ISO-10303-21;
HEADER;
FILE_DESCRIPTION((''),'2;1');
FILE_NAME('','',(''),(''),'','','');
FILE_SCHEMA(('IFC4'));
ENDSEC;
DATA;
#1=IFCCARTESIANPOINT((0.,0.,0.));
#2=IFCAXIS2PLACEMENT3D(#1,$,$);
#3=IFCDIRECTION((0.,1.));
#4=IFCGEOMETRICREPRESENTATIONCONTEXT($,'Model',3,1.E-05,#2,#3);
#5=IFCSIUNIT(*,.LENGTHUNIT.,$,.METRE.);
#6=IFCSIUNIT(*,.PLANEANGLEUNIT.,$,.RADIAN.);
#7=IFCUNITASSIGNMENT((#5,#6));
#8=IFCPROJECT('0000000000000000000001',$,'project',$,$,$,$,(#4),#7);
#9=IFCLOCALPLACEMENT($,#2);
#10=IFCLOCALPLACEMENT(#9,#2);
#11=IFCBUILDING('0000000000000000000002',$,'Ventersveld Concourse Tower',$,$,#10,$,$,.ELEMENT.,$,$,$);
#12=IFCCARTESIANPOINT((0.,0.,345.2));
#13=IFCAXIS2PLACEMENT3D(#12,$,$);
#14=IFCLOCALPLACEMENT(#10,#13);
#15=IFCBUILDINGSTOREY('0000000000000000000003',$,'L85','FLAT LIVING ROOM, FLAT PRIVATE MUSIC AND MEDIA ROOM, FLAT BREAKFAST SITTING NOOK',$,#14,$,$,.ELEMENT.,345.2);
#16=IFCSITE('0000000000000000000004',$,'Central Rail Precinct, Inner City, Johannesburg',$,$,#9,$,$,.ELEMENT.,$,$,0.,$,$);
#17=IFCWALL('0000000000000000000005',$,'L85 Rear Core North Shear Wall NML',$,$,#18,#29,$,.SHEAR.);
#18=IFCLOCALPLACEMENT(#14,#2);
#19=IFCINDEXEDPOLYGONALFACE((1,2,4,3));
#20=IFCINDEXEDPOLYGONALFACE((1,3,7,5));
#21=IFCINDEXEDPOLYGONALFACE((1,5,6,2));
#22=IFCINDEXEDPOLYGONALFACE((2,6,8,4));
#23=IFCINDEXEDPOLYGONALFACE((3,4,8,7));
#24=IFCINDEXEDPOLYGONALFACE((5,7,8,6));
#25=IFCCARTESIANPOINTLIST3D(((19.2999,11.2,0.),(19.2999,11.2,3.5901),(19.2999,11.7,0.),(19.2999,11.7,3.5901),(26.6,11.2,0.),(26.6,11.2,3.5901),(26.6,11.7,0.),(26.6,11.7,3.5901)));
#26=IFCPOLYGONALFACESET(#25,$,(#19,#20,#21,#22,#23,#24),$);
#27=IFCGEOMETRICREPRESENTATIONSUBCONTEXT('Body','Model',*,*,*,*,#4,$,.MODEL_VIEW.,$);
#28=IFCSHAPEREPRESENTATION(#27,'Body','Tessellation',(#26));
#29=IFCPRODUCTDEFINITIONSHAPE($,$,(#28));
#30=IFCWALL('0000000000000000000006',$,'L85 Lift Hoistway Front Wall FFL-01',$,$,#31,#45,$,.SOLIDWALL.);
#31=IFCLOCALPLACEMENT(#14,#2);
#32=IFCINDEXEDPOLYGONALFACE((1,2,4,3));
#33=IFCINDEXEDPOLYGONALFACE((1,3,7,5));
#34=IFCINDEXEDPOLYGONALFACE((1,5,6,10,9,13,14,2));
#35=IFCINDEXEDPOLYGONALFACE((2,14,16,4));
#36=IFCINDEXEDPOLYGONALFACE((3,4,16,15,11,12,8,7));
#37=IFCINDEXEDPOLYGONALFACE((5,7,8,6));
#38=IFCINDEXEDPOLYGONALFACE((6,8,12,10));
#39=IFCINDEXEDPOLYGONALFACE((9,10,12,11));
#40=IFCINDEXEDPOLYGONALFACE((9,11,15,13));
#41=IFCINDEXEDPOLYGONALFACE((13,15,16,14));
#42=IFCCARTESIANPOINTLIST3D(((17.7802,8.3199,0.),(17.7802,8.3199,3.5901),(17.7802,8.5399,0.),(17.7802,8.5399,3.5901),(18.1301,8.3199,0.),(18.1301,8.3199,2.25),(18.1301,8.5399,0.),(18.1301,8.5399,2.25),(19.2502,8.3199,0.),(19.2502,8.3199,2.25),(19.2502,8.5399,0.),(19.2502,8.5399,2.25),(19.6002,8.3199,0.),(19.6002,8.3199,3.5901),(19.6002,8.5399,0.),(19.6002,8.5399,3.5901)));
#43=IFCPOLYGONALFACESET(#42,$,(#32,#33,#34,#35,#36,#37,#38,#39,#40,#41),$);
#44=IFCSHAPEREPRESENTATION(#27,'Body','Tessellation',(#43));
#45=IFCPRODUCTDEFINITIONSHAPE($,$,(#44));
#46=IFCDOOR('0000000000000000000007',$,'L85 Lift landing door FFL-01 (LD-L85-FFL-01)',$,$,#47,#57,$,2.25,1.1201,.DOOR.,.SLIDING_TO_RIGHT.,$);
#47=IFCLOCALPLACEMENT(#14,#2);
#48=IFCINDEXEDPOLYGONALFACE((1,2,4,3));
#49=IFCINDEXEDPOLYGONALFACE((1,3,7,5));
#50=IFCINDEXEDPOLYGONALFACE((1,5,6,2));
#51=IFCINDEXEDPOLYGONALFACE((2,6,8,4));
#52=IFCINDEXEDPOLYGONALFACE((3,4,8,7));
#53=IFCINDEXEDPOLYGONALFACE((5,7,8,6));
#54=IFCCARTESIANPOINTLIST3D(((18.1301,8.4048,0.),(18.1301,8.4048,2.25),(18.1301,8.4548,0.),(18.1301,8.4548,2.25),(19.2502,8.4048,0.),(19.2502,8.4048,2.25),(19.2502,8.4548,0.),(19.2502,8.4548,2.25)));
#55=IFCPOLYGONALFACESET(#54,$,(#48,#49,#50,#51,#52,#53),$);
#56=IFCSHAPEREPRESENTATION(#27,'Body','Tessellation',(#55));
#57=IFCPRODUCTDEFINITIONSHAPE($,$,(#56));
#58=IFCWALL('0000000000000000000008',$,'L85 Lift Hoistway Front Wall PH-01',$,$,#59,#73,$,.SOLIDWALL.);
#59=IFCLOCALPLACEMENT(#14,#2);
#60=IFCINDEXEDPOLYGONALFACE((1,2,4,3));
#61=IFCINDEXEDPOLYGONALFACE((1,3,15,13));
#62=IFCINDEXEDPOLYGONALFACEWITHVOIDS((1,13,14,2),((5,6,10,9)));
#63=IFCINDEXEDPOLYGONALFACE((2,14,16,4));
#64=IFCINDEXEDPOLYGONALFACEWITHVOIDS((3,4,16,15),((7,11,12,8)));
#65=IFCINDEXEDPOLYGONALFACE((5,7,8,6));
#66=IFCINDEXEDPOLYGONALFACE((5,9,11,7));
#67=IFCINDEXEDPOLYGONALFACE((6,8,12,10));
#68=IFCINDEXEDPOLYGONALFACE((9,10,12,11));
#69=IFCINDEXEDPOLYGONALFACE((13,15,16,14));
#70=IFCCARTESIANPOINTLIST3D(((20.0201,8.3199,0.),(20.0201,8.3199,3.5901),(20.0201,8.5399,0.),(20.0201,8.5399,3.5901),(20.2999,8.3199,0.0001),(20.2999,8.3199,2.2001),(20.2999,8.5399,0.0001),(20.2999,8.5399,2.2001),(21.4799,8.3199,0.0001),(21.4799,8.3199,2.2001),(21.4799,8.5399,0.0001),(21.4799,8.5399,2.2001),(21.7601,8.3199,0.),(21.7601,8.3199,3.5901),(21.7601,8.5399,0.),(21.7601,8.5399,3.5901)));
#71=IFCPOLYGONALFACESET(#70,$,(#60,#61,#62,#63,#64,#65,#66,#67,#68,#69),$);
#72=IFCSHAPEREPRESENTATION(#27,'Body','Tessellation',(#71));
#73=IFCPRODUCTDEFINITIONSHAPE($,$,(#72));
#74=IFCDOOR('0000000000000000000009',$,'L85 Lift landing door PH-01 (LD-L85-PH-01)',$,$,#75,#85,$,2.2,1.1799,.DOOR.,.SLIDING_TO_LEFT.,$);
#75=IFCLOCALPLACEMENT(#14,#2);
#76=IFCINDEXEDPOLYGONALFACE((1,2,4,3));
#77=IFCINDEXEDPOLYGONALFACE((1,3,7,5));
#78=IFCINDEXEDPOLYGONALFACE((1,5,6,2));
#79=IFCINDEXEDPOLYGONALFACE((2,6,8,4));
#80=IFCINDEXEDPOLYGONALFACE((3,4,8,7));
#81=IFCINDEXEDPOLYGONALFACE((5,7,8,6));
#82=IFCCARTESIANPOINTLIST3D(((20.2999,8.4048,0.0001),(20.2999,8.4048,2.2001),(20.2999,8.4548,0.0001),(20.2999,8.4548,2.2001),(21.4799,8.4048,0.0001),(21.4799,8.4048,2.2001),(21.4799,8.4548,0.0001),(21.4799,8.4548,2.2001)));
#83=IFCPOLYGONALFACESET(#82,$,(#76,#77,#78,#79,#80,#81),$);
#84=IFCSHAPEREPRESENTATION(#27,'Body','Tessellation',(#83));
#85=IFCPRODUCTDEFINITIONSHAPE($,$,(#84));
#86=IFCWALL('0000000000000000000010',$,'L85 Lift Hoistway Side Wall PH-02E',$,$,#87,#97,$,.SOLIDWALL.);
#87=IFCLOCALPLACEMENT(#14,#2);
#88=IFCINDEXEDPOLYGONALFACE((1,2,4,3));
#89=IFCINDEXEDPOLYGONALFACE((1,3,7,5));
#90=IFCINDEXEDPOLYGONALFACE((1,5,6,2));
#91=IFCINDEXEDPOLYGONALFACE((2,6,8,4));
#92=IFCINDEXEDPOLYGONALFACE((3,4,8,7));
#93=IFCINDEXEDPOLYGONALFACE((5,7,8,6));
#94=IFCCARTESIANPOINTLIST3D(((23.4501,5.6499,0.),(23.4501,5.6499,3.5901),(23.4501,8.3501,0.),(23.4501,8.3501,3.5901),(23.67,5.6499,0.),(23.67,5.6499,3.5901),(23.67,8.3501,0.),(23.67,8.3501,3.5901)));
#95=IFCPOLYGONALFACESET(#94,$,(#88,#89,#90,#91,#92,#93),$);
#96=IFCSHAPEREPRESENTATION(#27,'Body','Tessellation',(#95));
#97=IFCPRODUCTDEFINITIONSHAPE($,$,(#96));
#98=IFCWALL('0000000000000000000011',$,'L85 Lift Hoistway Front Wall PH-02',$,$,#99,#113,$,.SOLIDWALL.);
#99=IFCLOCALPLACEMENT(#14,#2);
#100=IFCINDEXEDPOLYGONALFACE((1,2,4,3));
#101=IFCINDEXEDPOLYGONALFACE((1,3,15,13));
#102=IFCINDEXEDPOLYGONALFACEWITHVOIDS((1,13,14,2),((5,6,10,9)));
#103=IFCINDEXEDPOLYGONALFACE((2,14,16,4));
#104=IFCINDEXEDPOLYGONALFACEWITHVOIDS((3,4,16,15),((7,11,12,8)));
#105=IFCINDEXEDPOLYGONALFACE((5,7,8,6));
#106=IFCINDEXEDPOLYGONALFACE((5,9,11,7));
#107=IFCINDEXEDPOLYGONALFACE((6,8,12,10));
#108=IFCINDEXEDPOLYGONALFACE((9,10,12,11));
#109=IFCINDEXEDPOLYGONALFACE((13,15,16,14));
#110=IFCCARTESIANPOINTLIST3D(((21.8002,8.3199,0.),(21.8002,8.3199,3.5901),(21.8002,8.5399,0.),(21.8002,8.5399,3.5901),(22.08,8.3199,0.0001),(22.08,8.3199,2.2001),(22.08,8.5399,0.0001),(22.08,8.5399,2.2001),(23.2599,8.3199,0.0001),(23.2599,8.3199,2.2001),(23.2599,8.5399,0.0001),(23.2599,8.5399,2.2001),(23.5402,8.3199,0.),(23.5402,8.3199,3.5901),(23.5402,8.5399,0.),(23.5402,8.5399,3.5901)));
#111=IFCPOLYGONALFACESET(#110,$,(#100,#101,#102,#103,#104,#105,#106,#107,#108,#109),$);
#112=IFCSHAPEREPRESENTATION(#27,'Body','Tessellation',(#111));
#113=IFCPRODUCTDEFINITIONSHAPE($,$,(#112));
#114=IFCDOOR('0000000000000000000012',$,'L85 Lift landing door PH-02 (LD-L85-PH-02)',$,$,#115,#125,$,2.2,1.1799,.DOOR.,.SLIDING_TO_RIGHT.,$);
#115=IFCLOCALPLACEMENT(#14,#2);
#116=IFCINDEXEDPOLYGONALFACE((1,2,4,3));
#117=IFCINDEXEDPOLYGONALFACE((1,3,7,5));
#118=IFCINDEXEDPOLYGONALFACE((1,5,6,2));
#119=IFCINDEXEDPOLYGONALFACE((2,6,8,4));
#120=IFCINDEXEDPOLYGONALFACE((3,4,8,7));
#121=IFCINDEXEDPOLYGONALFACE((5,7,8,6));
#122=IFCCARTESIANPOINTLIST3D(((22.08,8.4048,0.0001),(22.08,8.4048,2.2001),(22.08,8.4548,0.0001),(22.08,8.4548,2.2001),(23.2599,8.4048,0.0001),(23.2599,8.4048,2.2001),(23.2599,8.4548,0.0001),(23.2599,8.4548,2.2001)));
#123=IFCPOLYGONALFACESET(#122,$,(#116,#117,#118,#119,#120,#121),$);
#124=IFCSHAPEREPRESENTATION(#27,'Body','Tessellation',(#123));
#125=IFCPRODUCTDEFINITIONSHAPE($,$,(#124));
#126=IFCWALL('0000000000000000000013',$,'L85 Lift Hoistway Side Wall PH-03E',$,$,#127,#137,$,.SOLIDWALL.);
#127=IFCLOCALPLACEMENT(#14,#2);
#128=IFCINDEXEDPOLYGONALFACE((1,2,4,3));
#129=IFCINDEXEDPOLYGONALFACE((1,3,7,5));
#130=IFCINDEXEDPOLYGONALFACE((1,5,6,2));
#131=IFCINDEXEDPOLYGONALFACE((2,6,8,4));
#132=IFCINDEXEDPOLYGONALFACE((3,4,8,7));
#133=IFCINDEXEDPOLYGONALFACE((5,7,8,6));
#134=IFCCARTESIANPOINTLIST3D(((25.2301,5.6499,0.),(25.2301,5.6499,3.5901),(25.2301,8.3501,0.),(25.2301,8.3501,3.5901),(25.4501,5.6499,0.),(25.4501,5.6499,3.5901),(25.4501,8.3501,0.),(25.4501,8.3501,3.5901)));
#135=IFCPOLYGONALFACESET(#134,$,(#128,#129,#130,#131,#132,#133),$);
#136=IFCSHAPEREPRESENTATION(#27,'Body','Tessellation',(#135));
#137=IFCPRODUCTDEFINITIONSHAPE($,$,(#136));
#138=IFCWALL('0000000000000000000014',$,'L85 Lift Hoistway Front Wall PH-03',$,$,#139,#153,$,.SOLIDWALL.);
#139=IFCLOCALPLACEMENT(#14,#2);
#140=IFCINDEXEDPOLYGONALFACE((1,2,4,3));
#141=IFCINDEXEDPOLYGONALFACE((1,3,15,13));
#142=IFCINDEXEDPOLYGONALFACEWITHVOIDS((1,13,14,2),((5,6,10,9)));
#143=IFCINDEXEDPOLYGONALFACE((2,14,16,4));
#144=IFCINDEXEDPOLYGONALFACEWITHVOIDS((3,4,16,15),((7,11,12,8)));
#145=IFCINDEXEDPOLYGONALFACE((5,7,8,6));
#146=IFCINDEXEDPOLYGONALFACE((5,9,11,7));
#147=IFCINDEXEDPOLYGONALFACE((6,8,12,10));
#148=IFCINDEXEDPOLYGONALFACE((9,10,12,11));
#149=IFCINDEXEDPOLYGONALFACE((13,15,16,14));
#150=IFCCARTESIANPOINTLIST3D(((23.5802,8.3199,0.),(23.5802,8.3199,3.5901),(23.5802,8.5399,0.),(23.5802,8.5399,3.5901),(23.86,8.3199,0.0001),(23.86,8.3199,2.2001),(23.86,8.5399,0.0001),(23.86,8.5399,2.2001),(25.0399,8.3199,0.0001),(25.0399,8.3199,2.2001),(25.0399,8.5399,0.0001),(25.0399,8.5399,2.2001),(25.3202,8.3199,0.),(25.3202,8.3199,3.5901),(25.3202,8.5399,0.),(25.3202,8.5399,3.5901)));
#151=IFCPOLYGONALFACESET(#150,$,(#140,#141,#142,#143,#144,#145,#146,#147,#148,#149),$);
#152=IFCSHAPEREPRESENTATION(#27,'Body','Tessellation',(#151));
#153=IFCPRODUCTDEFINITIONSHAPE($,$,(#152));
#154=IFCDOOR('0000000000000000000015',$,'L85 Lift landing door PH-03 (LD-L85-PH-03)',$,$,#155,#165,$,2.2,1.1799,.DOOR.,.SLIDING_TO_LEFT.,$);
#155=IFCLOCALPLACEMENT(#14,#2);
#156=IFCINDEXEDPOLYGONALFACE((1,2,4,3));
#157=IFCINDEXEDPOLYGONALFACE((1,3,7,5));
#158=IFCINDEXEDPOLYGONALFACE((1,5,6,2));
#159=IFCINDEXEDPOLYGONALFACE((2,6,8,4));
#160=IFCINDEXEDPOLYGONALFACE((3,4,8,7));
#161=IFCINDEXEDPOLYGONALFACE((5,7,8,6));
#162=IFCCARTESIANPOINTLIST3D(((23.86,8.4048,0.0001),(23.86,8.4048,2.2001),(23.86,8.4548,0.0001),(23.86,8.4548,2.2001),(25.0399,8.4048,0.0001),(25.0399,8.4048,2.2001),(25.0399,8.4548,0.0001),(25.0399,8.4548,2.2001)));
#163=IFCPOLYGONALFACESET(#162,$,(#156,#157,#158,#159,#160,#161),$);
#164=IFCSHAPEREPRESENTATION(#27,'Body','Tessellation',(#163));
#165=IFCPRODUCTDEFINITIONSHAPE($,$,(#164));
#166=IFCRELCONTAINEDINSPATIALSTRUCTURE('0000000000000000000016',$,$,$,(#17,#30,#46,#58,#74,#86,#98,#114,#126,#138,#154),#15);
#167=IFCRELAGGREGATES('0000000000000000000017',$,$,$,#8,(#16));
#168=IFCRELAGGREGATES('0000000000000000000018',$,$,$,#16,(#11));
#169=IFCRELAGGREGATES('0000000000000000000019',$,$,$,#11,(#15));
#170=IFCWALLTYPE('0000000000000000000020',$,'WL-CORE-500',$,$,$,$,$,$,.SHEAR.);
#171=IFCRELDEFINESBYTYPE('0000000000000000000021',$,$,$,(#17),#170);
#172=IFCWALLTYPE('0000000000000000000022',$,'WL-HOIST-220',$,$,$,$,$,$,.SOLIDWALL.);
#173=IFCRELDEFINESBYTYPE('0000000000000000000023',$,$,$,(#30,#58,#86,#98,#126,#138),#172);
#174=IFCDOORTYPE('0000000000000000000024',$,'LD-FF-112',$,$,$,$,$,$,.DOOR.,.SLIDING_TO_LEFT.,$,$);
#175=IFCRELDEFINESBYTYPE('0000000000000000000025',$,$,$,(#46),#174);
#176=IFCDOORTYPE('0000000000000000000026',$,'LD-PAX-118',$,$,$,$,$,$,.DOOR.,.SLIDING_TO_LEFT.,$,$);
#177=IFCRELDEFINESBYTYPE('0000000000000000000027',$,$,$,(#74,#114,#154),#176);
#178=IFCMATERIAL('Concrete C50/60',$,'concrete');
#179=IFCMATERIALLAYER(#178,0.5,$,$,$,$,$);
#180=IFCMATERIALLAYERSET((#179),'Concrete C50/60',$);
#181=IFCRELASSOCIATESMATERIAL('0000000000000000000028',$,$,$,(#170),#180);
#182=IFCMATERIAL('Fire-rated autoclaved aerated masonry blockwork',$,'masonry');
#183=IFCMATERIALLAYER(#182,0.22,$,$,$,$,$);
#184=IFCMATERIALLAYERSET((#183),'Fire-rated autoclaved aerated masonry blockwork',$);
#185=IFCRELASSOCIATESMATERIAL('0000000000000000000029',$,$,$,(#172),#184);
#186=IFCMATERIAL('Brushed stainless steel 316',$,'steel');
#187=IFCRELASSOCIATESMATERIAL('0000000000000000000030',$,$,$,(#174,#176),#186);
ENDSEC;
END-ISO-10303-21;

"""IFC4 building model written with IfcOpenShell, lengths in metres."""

from ifc_helpers import new_model, si_unit, direction, frame, frame_2d, origin, place, context, subcontext, project, spatial, rectangle, extrude, material, layer, layer_set, type_object, element, fill, save


model = new_model("IFC4")

# Units and contexts
model_context = context("Model", 3, precision=1e-05, world=origin(), true_north=direction((0.0, 1.0)))
body_context = subcontext(model_context, "Body", "Model", "MODEL_VIEW")
ifc_project = project(units=[si_unit("LENGTHUNIT", "METRE"), si_unit("PLANEANGLEUNIT", "RADIAN")], contexts=[model_context])

# Site, building, storey
site_placement = place(None, origin())
site = spatial("IfcSite", under=ifc_project, at=site_placement, Name="Central Rail Precinct, Inner City, Johannesburg", CompositionType="ELEMENT", RefElevation=0.0)
building_placement = place(site_placement, origin())
building = spatial("IfcBuilding", under=site, at=building_placement, Name="Ventersveld Concourse Tower", CompositionType="ELEMENT")
storey_placement = place(building_placement, frame((0.0, 0.0, 345.2)))
storey = spatial("IfcBuildingStorey", under=building, at=storey_placement, Name="L85", Description="FLAT LIVING ROOM, FLAT PRIVATE MUSIC AND MEDIA ROOM, FLAT BREAKFAST SITTING NOOK", CompositionType="ELEMENT", Elevation=345.2)

# Shared definitions
ifc_material_1 = material(Name="Concrete C50/60", Category="concrete")

# Wall
ifc_layer_1 = layer(ifc_material_1, 0.5)
ifc_layer_set_1 = layer_set([ifc_layer_1], Name="Concrete C50/60")
wall_type_1 = type_object("IfcWallType", Name="WL-CORE-500", PredefinedType="SHEAR", material=ifc_layer_set_1)
wall_1_placement = place(storey_placement, frame((19.3, 11.45, 0.0), z_axis=(0.0, 0.0, 1.0), x_axis=(1.0, 0.0, 0.0)))
element("IfcWall", 1, at=wall_1_placement, inside=storey, type_object=wall_type_1, Name="L85 Rear Core North Shear Wall NML", PredefinedType="SHEAR", context=body_context, shape_type="SweptSolid", body=[
    extrude(rectangle(XDim=7.3, YDim=0.5, at=frame_2d((3.6499, 0.0))), origin(), (0.0, 0.0, 1.0), 3.5901),
])

# Walls, openings, doors
ifc_material_2 = material(Name="Fire-rated autoclaved aerated masonry blockwork", Category="masonry")
ifc_layer_2 = layer(ifc_material_2, 0.22)
ifc_layer_set_2 = layer_set([ifc_layer_2], Name="Fire-rated autoclaved aerated masonry blockwork")
wall_type_2 = type_object("IfcWallType", Name="WL-HOIST-220", PredefinedType="SOLIDWALL", material=ifc_layer_set_2)
wall_2_placement = place(storey_placement, frame((17.78, 8.4299, 0.0), z_axis=(0.0, 0.0, 1.0), x_axis=(1.0, 0.0, 0.0)))
wall_2 = element("IfcWall", 2, at=wall_2_placement, inside=storey, type_object=wall_type_2, Name="L85 Lift Hoistway Front Wall FFL-01", PredefinedType="SOLIDWALL", context=body_context, shape_type="SweptSolid", body=[
    extrude(rectangle(XDim=1.8201, YDim=0.22, at=frame_2d((0.9102, 0.0))), origin(), (0.0, 0.0, 1.0), 3.5901),
])
opening_1_placement = place(wall_2_placement, frame((0.3501, 0.0, 0.0)))
opening_1 = element("IfcOpeningElement", 3, at=opening_1_placement, cuts=wall_2, PredefinedType="OPENING", context=body_context, shape_type="SweptSolid", body=[
    extrude(rectangle(XDim=1.1201, YDim=2.25, at=frame_2d((0.5601, 1.125))), frame((0.0, 0.1201, 0.0), z_axis=(0.0, -1.0, 0.0), x_axis=(1.0, 0.0, 0.0)), (0.0, 0.0, 1.0), 0.24),
])
ifc_material_3 = material(Name="Brushed stainless steel 316", Category="steel")
door_type_1 = type_object("IfcDoorType", Name="LD-FF-112", OperationType="SLIDING_TO_LEFT", PredefinedType="DOOR", material=ifc_material_3)
door_1_placement = place(opening_1_placement, origin())
door_1 = element("IfcDoor", 4, at=door_1_placement, inside=storey, type_object=door_type_1, Name="L85 Lift landing door FFL-01 (LD-L85-FFL-01)", OperationType="SLIDING_TO_RIGHT", OverallHeight=2.25, OverallWidth=1.1201, PredefinedType="DOOR", context=body_context, shape_type="SweptSolid", body=[
    extrude(rectangle(XDim=1.1201, YDim=2.25, at=frame_2d((0.5601, 1.125))), frame((0.0, 0.0249, 0.0), z_axis=(0.0, -1.0, 0.0), x_axis=(1.0, 0.0, 0.0)), (0.0, 0.0, 1.0), 0.05),
])
fill(opening_1, door_1)
wall_3_placement = place(storey_placement, frame((20.02, 8.4299, 0.0), z_axis=(0.0, 0.0, 1.0), x_axis=(1.0, 0.0, 0.0)))
wall_3 = element("IfcWall", 5, at=wall_3_placement, inside=storey, type_object=wall_type_2, Name="L85 Lift Hoistway Front Wall PH-01", PredefinedType="SOLIDWALL", context=body_context, shape_type="SweptSolid", body=[
    extrude(rectangle(XDim=1.74, YDim=0.22, at=frame_2d((0.8701, 0.0))), origin(), (0.0, 0.0, 1.0), 3.5901),
])
opening_2_placement = place(wall_3_placement, frame((0.28, 0.0, 0.0)))
opening_2 = element("IfcOpeningElement", 6, at=opening_2_placement, cuts=wall_3, PredefinedType="OPENING", context=body_context, shape_type="SweptSolid", body=[
    extrude(rectangle(XDim=1.1799, YDim=2.2, at=frame_2d((0.5898, 1.1001))), frame((0.0, 0.1201, 0.0), z_axis=(0.0, -1.0, 0.0), x_axis=(1.0, 0.0, 0.0)), (0.0, 0.0, 1.0), 0.24),
])
door_type_2 = type_object("IfcDoorType", Name="LD-PAX-118", OperationType="SLIDING_TO_LEFT", PredefinedType="DOOR", material=ifc_material_3)
door_2_placement = place(opening_2_placement, origin())
door_2 = element("IfcDoor", 7, at=door_2_placement, inside=storey, type_object=door_type_2, Name="L85 Lift landing door PH-01 (LD-L85-PH-01)", OperationType="SLIDING_TO_LEFT", OverallHeight=2.2, OverallWidth=1.1799, PredefinedType="DOOR", context=body_context, shape_type="SweptSolid", body=[
    extrude(rectangle(XDim=1.1799, YDim=2.2, at=frame_2d((0.5898, 1.1001))), frame((0.0, 0.0249, 0.0), z_axis=(0.0, -1.0, 0.0), x_axis=(1.0, 0.0, 0.0)), (0.0, 0.0, 1.0), 0.05),
])
fill(opening_2, door_2)

# Wall
wall_4_placement = place(storey_placement, frame((23.5601, 5.6499, 0.0), z_axis=(0.0, 0.0, 1.0), x_axis=(0.0, 1.0, 0.0)))
element("IfcWall", 8, at=wall_4_placement, inside=storey, type_object=wall_type_2, Name="L85 Lift Hoistway Side Wall PH-02E", PredefinedType="SOLIDWALL", context=body_context, shape_type="SweptSolid", body=[
    extrude(rectangle(XDim=2.7002, YDim=0.22, at=frame_2d((1.3501, 0.0))), origin(), (0.0, 0.0, 1.0), 3.5901),
])

# Wall, opening, door
wall_5_placement = place(storey_placement, frame((21.8, 8.4299, 0.0), z_axis=(0.0, 0.0, 1.0), x_axis=(1.0, 0.0, 0.0)))
wall_5 = element("IfcWall", 9, at=wall_5_placement, inside=storey, type_object=wall_type_2, Name="L85 Lift Hoistway Front Wall PH-02", PredefinedType="SOLIDWALL", context=body_context, shape_type="SweptSolid", body=[
    extrude(rectangle(XDim=1.74, YDim=0.22, at=frame_2d((0.8701, 0.0))), origin(), (0.0, 0.0, 1.0), 3.5901),
])
opening_3_placement = place(wall_5_placement, frame((0.28, 0.0, 0.0)))
opening_3 = element("IfcOpeningElement", 10, at=opening_3_placement, cuts=wall_5, PredefinedType="OPENING", context=body_context, shape_type="SweptSolid", body=[
    extrude(rectangle(XDim=1.1799, YDim=2.2, at=frame_2d((0.5898, 1.1001))), frame((0.0, 0.1201, 0.0), z_axis=(0.0, -1.0, 0.0), x_axis=(1.0, 0.0, 0.0)), (0.0, 0.0, 1.0), 0.24),
])
door_3_placement = place(opening_3_placement, origin())
door_3 = element("IfcDoor", 11, at=door_3_placement, inside=storey, type_object=door_type_2, Name="L85 Lift landing door PH-02 (LD-L85-PH-02)", OperationType="SLIDING_TO_RIGHT", OverallHeight=2.2, OverallWidth=1.1799, PredefinedType="DOOR", context=body_context, shape_type="SweptSolid", body=[
    extrude(rectangle(XDim=1.1799, YDim=2.2, at=frame_2d((0.5898, 1.1001))), frame((0.0, 0.0249, 0.0), z_axis=(0.0, -1.0, 0.0), x_axis=(1.0, 0.0, 0.0)), (0.0, 0.0, 1.0), 0.05),
])
fill(opening_3, door_3)

# Wall
wall_6_placement = place(storey_placement, frame((25.3401, 5.6499, 0.0), z_axis=(0.0, 0.0, 1.0), x_axis=(0.0, 1.0, 0.0)))
element("IfcWall", 12, at=wall_6_placement, inside=storey, type_object=wall_type_2, Name="L85 Lift Hoistway Side Wall PH-03E", PredefinedType="SOLIDWALL", context=body_context, shape_type="SweptSolid", body=[
    extrude(rectangle(XDim=2.7002, YDim=0.22, at=frame_2d((1.3501, 0.0))), origin(), (0.0, 0.0, 1.0), 3.5901),
])

# Wall, opening, door
wall_7_placement = place(storey_placement, frame((23.5801, 8.4299, 0.0), z_axis=(0.0, 0.0, 1.0), x_axis=(1.0, 0.0, 0.0)))
wall_7 = element("IfcWall", 13, at=wall_7_placement, inside=storey, type_object=wall_type_2, Name="L85 Lift Hoistway Front Wall PH-03", PredefinedType="SOLIDWALL", context=body_context, shape_type="SweptSolid", body=[
    extrude(rectangle(XDim=1.74, YDim=0.22, at=frame_2d((0.8701, 0.0))), origin(), (0.0, 0.0, 1.0), 3.5901),
])
opening_4_placement = place(wall_7_placement, frame((0.28, 0.0, 0.0)))
opening_4 = element("IfcOpeningElement", 14, at=opening_4_placement, cuts=wall_7, PredefinedType="OPENING", context=body_context, shape_type="SweptSolid", body=[
    extrude(rectangle(XDim=1.1799, YDim=2.2, at=frame_2d((0.5898, 1.1001))), frame((0.0, 0.1201, 0.0), z_axis=(0.0, -1.0, 0.0), x_axis=(1.0, 0.0, 0.0)), (0.0, 0.0, 1.0), 0.24),
])
door_4_placement = place(opening_4_placement, origin())
door_4 = element("IfcDoor", 15, at=door_4_placement, inside=storey, type_object=door_type_2, Name="L85 Lift landing door PH-03 (LD-L85-PH-03)", OperationType="SLIDING_TO_LEFT", OverallHeight=2.2, OverallWidth=1.1799, PredefinedType="DOOR", context=body_context, shape_type="SweptSolid", body=[
    extrude(rectangle(XDim=1.1799, YDim=2.2, at=frame_2d((0.5898, 1.1001))), frame((0.0, 0.0249, 0.0), z_axis=(0.0, -1.0, 0.0), x_axis=(1.0, 0.0, 0.0)), (0.0, 0.0, 1.0), 0.05),
])
fill(opening_4, door_4)

save(model, "model.ifc")
